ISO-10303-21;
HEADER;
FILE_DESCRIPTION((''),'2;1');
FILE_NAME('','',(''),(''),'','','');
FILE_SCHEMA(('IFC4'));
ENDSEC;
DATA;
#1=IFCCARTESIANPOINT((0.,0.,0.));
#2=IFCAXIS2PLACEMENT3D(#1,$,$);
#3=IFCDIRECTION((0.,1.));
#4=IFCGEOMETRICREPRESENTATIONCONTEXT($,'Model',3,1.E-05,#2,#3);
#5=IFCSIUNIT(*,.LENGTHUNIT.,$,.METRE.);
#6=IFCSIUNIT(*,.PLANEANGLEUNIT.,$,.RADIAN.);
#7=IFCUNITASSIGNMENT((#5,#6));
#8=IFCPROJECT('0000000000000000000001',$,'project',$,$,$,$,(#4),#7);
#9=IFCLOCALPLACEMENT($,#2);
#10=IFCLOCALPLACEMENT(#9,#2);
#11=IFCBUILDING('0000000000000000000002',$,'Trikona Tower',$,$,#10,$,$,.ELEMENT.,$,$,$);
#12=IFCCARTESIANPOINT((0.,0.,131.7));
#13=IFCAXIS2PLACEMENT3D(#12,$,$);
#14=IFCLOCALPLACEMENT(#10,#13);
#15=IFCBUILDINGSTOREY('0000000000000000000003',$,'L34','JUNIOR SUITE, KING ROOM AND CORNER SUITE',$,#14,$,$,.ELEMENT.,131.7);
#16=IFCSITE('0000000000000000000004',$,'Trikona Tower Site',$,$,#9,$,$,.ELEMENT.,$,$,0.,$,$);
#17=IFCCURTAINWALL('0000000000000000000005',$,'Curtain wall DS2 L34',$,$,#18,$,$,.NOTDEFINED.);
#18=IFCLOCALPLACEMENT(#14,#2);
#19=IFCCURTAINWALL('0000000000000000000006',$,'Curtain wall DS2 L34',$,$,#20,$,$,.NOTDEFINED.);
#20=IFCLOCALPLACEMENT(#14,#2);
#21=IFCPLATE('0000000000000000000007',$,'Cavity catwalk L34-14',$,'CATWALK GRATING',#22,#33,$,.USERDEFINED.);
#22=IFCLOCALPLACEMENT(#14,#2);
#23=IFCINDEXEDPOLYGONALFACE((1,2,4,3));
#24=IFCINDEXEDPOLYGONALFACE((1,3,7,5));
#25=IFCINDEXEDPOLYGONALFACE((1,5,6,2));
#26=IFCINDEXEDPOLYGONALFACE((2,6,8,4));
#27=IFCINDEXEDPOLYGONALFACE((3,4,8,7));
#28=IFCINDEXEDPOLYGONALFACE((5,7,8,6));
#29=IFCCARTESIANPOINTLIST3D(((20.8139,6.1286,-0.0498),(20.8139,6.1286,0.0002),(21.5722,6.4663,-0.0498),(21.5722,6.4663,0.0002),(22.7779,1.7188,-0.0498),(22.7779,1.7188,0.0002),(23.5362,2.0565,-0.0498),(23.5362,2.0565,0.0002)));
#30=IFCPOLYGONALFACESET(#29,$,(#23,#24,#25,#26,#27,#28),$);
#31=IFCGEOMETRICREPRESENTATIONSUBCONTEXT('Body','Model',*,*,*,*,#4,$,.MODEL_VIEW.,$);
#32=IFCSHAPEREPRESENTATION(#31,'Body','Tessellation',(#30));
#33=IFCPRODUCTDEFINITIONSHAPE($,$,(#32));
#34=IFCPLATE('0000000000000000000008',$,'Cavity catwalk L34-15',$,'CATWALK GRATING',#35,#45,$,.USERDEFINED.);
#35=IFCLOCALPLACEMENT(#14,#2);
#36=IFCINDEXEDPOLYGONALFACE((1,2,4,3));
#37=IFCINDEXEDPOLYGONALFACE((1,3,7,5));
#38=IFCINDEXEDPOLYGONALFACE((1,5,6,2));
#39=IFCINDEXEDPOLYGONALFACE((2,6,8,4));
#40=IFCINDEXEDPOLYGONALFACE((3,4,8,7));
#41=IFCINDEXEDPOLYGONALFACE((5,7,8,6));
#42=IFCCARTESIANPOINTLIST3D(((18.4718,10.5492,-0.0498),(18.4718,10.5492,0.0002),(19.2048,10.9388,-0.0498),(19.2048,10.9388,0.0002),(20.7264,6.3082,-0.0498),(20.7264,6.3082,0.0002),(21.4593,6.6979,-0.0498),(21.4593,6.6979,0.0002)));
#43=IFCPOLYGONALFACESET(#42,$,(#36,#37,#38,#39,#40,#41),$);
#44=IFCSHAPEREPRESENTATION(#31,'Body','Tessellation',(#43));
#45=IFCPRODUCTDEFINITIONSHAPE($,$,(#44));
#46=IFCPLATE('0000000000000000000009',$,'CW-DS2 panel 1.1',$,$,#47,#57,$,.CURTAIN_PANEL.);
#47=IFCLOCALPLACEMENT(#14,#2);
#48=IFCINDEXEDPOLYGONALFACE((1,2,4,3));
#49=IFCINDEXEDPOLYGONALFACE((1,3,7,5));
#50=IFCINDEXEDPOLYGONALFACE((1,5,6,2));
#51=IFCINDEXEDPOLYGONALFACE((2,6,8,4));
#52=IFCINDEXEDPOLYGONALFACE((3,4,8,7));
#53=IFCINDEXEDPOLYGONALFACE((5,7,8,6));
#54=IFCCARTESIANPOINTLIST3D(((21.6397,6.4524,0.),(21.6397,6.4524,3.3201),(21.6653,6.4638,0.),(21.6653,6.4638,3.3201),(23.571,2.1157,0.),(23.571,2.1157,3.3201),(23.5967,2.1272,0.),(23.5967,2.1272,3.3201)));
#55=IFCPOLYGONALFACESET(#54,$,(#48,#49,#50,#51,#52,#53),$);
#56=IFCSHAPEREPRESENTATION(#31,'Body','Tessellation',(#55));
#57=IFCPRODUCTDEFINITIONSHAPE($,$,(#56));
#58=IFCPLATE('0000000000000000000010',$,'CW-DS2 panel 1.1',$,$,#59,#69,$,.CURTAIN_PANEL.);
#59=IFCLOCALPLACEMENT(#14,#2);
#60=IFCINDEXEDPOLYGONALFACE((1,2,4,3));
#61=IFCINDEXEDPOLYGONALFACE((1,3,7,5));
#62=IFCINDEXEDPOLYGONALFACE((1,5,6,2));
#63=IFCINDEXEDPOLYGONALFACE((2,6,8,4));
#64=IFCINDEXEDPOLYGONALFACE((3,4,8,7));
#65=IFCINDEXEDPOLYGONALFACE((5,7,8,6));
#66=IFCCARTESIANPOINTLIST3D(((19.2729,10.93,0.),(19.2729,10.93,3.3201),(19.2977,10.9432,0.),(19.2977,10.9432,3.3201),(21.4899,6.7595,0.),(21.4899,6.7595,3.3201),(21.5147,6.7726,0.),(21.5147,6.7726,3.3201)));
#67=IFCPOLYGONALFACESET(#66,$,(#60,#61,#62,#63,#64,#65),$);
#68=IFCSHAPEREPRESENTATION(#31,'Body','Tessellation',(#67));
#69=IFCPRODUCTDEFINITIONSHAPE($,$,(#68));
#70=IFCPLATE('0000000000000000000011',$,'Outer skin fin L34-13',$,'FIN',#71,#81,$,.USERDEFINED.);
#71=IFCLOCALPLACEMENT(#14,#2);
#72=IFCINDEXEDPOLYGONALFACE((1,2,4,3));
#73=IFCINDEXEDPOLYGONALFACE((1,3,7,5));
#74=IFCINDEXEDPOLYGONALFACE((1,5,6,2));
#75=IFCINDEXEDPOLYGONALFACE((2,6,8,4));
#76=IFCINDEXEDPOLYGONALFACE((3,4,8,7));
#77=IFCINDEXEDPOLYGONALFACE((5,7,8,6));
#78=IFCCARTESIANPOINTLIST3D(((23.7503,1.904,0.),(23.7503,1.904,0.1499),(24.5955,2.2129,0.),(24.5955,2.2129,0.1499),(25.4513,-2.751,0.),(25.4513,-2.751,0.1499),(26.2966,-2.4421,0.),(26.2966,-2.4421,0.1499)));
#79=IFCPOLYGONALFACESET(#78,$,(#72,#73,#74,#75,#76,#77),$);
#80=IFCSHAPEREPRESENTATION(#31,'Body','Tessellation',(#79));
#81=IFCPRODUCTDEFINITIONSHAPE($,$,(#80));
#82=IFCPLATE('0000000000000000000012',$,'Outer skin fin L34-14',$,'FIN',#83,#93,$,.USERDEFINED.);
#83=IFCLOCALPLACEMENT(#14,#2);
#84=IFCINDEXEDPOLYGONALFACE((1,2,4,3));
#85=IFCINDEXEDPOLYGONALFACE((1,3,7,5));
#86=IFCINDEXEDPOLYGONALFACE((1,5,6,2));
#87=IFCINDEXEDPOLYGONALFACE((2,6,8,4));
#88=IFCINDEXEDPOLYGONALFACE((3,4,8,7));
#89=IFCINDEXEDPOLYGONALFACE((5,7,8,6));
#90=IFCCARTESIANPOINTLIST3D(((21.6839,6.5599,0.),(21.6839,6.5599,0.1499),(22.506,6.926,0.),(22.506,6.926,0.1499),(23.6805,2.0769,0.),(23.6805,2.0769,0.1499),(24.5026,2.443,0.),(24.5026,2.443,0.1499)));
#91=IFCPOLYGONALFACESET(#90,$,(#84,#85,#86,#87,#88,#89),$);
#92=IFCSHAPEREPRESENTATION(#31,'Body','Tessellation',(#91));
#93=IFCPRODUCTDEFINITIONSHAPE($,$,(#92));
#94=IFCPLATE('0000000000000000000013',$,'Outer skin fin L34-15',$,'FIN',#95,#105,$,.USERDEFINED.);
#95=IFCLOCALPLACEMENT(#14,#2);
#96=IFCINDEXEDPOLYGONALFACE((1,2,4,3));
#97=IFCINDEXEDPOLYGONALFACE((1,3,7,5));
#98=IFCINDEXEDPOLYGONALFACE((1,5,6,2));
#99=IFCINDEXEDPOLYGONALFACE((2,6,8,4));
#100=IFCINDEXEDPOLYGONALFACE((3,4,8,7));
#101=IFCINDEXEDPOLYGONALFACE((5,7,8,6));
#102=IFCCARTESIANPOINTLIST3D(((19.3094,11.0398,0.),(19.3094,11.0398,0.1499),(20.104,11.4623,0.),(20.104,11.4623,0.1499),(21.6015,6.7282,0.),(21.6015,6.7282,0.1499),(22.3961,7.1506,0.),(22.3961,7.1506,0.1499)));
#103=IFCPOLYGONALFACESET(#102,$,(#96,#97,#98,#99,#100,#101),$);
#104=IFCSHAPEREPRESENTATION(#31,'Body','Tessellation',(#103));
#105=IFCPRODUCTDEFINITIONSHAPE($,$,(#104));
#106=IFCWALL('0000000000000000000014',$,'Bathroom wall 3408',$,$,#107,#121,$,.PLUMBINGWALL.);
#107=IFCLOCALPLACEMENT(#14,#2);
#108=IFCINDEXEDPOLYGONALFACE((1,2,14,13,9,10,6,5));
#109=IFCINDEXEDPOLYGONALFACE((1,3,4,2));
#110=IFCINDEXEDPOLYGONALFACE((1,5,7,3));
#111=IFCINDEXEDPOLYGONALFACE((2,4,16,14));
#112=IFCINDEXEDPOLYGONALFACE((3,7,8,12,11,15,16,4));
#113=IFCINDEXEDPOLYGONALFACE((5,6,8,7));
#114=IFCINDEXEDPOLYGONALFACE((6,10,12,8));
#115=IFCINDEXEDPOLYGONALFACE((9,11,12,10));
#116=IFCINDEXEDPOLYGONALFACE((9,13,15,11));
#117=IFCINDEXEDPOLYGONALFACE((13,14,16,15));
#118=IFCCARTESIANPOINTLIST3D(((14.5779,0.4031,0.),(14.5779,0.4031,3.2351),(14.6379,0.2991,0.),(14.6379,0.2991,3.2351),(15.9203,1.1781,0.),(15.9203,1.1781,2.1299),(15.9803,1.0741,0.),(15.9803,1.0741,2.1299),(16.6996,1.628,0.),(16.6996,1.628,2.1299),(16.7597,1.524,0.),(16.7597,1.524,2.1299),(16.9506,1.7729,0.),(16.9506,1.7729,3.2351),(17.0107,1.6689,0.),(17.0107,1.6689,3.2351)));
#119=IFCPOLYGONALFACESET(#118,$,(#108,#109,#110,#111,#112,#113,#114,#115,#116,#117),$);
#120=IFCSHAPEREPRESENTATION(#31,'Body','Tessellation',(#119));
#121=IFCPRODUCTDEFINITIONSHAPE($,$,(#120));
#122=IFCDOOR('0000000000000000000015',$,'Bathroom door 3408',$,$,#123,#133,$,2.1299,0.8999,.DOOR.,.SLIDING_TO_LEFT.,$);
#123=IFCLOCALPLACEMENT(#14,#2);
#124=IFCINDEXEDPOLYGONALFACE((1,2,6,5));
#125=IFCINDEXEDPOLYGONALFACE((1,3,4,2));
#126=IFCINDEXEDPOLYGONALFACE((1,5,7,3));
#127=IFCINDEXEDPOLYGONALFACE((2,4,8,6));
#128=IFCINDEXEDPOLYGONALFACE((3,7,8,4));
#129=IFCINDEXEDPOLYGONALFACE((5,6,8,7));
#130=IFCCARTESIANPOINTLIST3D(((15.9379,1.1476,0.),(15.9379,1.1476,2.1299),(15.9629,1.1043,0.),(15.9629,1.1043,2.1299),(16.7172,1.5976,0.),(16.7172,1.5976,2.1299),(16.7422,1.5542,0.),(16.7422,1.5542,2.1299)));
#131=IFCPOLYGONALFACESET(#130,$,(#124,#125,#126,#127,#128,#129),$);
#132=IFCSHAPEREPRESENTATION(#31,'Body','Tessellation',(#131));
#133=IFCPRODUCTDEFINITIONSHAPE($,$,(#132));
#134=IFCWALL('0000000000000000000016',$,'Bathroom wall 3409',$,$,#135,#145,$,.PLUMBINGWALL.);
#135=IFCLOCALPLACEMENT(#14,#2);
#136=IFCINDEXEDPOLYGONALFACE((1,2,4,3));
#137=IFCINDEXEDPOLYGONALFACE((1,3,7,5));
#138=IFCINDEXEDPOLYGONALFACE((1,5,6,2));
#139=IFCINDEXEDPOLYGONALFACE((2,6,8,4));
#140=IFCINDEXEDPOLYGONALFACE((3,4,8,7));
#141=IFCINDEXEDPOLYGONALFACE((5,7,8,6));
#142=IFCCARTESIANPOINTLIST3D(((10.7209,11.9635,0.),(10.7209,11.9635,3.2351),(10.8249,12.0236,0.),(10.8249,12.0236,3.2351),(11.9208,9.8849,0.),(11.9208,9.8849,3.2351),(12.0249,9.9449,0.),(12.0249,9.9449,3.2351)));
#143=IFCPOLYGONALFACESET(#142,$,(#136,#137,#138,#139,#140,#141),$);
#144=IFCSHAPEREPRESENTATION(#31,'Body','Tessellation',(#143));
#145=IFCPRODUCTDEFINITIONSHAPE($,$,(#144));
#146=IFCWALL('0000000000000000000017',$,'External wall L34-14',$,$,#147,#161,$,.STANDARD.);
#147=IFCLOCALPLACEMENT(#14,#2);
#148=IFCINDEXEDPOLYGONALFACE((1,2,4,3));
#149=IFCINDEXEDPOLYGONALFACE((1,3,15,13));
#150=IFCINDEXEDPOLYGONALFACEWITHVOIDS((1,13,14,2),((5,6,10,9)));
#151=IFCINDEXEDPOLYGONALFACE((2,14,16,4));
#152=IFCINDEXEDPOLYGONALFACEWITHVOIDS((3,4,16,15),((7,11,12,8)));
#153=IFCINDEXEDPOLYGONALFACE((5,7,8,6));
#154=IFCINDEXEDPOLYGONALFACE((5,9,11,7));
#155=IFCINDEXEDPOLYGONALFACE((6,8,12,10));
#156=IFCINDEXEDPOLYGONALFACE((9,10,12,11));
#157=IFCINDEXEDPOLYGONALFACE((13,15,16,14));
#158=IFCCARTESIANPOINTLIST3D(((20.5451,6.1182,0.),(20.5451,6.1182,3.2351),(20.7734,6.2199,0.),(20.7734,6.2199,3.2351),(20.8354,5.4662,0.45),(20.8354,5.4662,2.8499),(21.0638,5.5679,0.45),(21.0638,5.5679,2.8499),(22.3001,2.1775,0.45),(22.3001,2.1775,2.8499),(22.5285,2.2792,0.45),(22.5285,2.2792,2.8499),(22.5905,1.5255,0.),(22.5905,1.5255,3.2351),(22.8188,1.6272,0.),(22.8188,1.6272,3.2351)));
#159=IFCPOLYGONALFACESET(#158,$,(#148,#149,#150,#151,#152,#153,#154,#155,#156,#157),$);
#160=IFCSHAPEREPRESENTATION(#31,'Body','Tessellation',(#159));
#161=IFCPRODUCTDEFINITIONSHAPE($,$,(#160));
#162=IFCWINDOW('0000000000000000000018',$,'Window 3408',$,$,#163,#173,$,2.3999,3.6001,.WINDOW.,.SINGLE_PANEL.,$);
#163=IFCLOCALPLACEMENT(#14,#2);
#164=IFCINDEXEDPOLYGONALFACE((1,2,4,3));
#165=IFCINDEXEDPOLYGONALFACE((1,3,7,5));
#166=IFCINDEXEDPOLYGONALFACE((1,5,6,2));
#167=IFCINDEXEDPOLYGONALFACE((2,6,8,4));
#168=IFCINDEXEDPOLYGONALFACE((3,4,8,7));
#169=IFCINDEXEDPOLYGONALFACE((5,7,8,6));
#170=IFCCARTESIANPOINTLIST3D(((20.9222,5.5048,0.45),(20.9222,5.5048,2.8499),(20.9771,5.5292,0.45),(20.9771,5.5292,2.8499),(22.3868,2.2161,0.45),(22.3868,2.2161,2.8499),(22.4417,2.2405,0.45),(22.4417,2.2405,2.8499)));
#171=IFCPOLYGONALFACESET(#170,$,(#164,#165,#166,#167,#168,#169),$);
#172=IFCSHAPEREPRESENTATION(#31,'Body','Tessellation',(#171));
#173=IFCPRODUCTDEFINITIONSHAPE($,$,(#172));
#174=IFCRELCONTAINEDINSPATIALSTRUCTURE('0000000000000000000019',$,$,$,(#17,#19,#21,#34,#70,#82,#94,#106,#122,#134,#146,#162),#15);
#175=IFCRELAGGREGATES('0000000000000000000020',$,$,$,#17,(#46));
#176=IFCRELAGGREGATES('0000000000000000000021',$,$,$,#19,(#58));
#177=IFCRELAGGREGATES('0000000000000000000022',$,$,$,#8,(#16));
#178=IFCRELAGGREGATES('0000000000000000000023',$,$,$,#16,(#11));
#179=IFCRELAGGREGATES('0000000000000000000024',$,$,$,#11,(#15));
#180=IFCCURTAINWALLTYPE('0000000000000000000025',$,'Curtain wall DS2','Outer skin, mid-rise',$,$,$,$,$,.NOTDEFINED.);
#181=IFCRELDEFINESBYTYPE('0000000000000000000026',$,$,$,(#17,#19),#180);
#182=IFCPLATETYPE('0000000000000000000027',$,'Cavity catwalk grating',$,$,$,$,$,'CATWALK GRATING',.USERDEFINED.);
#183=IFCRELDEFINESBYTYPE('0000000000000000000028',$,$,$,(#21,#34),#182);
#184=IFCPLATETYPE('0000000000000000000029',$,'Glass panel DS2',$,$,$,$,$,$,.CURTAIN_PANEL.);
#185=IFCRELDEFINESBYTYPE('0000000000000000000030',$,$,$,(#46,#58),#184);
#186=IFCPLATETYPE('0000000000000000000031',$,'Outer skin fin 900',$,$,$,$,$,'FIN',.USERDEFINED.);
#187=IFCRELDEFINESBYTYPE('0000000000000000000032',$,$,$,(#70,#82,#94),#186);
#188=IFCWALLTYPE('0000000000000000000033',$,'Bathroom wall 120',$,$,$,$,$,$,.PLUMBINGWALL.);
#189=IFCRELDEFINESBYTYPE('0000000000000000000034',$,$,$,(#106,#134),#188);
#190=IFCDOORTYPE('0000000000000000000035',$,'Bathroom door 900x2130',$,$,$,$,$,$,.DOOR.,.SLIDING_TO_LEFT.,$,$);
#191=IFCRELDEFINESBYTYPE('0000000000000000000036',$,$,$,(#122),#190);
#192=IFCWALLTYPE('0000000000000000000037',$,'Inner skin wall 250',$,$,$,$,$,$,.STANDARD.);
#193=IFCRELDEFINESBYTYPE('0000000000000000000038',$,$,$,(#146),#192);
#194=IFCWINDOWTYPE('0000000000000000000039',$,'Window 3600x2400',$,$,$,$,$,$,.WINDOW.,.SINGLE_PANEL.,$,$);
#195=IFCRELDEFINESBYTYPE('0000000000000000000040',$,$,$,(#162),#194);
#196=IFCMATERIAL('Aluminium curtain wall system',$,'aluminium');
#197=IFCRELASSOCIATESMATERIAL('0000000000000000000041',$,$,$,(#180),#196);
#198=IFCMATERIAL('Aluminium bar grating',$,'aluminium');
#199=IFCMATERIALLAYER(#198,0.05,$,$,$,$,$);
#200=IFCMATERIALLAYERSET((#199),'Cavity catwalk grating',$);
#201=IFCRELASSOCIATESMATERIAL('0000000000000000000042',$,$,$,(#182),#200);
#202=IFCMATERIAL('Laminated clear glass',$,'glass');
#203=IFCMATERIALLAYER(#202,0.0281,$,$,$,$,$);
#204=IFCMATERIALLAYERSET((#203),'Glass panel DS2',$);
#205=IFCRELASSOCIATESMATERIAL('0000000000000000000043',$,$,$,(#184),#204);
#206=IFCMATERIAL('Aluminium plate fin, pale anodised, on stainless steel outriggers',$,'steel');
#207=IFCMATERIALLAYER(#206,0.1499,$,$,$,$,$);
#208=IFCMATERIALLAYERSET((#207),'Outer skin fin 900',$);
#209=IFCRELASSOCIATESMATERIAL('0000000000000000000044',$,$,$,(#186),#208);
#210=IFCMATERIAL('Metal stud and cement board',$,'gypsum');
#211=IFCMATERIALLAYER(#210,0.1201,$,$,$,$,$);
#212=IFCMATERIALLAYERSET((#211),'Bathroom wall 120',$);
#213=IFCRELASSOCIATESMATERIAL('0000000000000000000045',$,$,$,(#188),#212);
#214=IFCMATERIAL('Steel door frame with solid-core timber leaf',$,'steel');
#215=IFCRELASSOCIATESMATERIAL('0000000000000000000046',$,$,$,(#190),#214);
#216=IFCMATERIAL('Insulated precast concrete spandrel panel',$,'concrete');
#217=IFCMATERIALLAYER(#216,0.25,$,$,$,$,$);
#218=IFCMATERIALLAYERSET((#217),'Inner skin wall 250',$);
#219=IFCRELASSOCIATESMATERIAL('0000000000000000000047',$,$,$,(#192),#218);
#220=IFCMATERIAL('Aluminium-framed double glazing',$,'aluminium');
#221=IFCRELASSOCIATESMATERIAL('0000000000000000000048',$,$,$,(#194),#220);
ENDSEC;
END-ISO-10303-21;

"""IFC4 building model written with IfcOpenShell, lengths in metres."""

from ifc_helpers import new_model, si_unit, direction, frame, frame_2d, origin, origin_2d, place, context, subcontext, project, spatial, rectangle, extrude, material, layer, layer_set, type_object, element, fill, aggregate, save


model = new_model("IFC4")

# Units and contexts
model_context = context("Model", 3, precision=1e-05, world=origin(), true_north=direction((0.0, 1.0)))
body_context = subcontext(model_context, "Body", "Model", "MODEL_VIEW")
ifc_project = project(units=[si_unit("LENGTHUNIT", "METRE"), si_unit("PLANEANGLEUNIT", "RADIAN")], contexts=[model_context])

# Site, building, storey
site_placement = place(None, origin())
site = spatial("IfcSite", under=ifc_project, at=site_placement, Name="Trikona Tower Site", CompositionType="ELEMENT", RefElevation=0.0)
building_placement = place(site_placement, origin())
building = spatial("IfcBuilding", under=site, at=building_placement, Name="Trikona Tower", CompositionType="ELEMENT")
storey_placement = place(building_placement, frame((0.0, 0.0, 131.7)))
storey = spatial("IfcBuildingStorey", under=building, at=storey_placement, Name="L34", Description="JUNIOR SUITE, KING ROOM AND CORNER SUITE", CompositionType="ELEMENT", Elevation=131.7)

# Shared definitions
ifc_material_1 = material(Name="Aluminium curtain wall system", Category="aluminium")
curtain_wall_type = type_object("IfcCurtainWallType", Name="Curtain wall DS2", Description="Outer skin, mid-rise", PredefinedType="NOTDEFINED", material=ifc_material_1)

# Curtain walls
curtain_wall_1_placement = place(storey_placement, origin())
curtain_wall_1 = element("IfcCurtainWall", 1, at=curtain_wall_1_placement, inside=storey, type_object=curtain_wall_type, Name="Curtain wall DS2 L34", PredefinedType="NOTDEFINED")
curtain_wall_2_placement = place(storey_placement, origin())
curtain_wall_2 = element("IfcCurtainWall", 2, at=curtain_wall_2_placement, inside=storey, type_object=curtain_wall_type, Name="Curtain wall DS2 L34", PredefinedType="NOTDEFINED")

# Plates
ifc_material_2 = material(Name="Aluminium bar grating", Category="aluminium")
ifc_layer_1 = layer(ifc_material_2, 0.05)
ifc_layer_set_1 = layer_set([ifc_layer_1], Name="Cavity catwalk grating")
plate_type_1 = type_object("IfcPlateType", Name="Cavity catwalk grating", ElementType="CATWALK GRATING", PredefinedType="USERDEFINED", material=ifc_layer_set_1)
plate_1_placement = place(storey_placement, frame((22.175, 4.0925, -0.0498), z_axis=(0.0, 0.0, 1.0), x_axis=(-0.406843, 0.913498, 0.0)))
element("IfcPlate", 3, at=plate_1_placement, inside=storey, type_object=plate_type_1, Name="Cavity catwalk L34-14", ObjectType="CATWALK GRATING", PredefinedType="USERDEFINED", context=body_context, shape_type="SweptSolid", body=[
    extrude(rectangle(XDim=4.8274, YDim=0.8301, at=origin_2d()), origin(), (0.0, 0.0, 1.0), 0.05),
])
plate_2_placement = place(storey_placement, frame((19.9656, 8.6235, -0.0498), z_axis=(0.0, 0.0, 1.0), x_axis=(-0.469398, 0.882987, 0.0)))
element("IfcPlate", 4, at=plate_2_placement, inside=storey, type_object=plate_type_1, Name="Cavity catwalk L34-15", ObjectType="CATWALK GRATING", PredefinedType="USERDEFINED", context=body_context, shape_type="SweptSolid", body=[
    extrude(rectangle(XDim=4.803, YDim=0.8301, at=origin_2d()), origin(), (0.0, 0.0, 1.0), 0.05),
])

# Plates
ifc_material_3 = material(Name="Laminated clear glass", Category="glass")
ifc_layer_2 = layer(ifc_material_3, 0.0281)
ifc_layer_set_2 = layer_set([ifc_layer_2], Name="Glass panel DS2")
plate_type_2 = type_object("IfcPlateType", Name="Glass panel DS2", PredefinedType="CURTAIN_PANEL", material=ifc_layer_set_2)
plate_3_placement = place(storey_placement, frame((22.6182, 4.2898, 0.0), z_axis=(0.0, 0.0, 1.0), x_axis=(-0.406836, 0.913501, 0.0)))
plate_3 = element("IfcPlate", 5, at=plate_3_placement, type_object=plate_type_2, Name="CW-DS2 panel 1.1", PredefinedType="CURTAIN_PANEL", context=body_context, shape_type="SweptSolid", body=[
    extrude(rectangle(XDim=4.7473, YDim=0.0281, at=origin_2d()), origin(), (0.0, 0.0, 1.0), 3.3201),
])
aggregate(curtain_wall_1, [plate_3])
plate_4_placement = place(storey_placement, frame((20.3938, 8.8513, 0.0), z_axis=(0.0, 0.0, 1.0), x_axis=(-0.46938, 0.882996, 0.0)))
plate_4 = element("IfcPlate", 6, at=plate_4_placement, type_object=plate_type_2, Name="CW-DS2 panel 1.1", PredefinedType="CURTAIN_PANEL", context=body_context, shape_type="SweptSolid", body=[
    extrude(rectangle(XDim=4.7231, YDim=0.0281, at=origin_2d()), origin(), (0.0, 0.0, 1.0), 3.3201),
])
aggregate(curtain_wall_2, [plate_4])

# Plates
ifc_material_4 = material(Name="Aluminium plate fin, pale anodised, on stainless steel outriggers", Category="steel")
ifc_layer_3 = layer(ifc_material_4, 0.1499)
ifc_layer_set_3 = layer_set([ifc_layer_3], Name="Outer skin fin 900")
plate_type_3 = type_object("IfcPlateType", Name="Outer skin fin 900", ElementType="FIN", PredefinedType="USERDEFINED", material=ifc_layer_set_3)
plate_5_placement = place(storey_placement, frame((25.0234, -0.269, 0.0), z_axis=(0.0, 0.0, 1.0), x_axis=(-0.34322, 0.939255, 0.0)))
element("IfcPlate", 7, at=plate_5_placement, inside=storey, type_object=plate_type_3, Name="Outer skin fin L34-13", ObjectType="FIN", PredefinedType="USERDEFINED", context=body_context, shape_type="SweptSolid", body=[
    extrude(rectangle(XDim=4.9561, YDim=0.8999, at=origin_2d()), origin(), (0.0, 0.0, 1.0), 0.1499),
])
plate_6_placement = place(storey_placement, frame((23.0933, 4.5015, 0.0), z_axis=(0.0, 0.0, 1.0), x_axis=(-0.406843, 0.913498, 0.0)))
element("IfcPlate", 8, at=plate_6_placement, inside=storey, type_object=plate_type_3, Name="Outer skin fin L34-14", ObjectType="FIN", PredefinedType="USERDEFINED", context=body_context, shape_type="SweptSolid", body=[
    extrude(rectangle(XDim=4.9075, YDim=0.8999, at=origin_2d()), origin(), (0.0, 0.0, 1.0), 0.1499),
])
plate_7_placement = place(storey_placement, frame((20.8528, 9.0952, 0.0), z_axis=(0.0, 0.0, 1.0), x_axis=(-0.469398, 0.882987, 0.0)))
element("IfcPlate", 9, at=plate_7_placement, inside=storey, type_object=plate_type_3, Name="Outer skin fin L34-15", ObjectType="FIN", PredefinedType="USERDEFINED", context=body_context, shape_type="SweptSolid", body=[
    extrude(rectangle(XDim=4.8831, YDim=0.8999, at=origin_2d()), origin(), (0.0, 0.0, 1.0), 0.1499),
])

# Wall, opening, door
ifc_material_5 = material(Name="Metal stud and cement board", Category="gypsum")
ifc_layer_4 = layer(ifc_material_5, 0.1201)
ifc_layer_set_4 = layer_set([ifc_layer_4], Name="Bathroom wall 120")
wall_type_1 = type_object("IfcWallType", Name="Bathroom wall 120", PredefinedType="PLUMBINGWALL", material=ifc_layer_set_4)
wall_1_placement = place(storey_placement, frame((14.6079, 0.3511, 0.0), z_axis=(0.0, 0.0, 1.0), x_axis=(0.866036, 0.499982, 0.0)))
wall_1 = element("IfcWall", 10, at=wall_1_placement, inside=storey, type_object=wall_type_1, Name="Bathroom wall 3408", PredefinedType="PLUMBINGWALL", context=body_context, shape_type="SweptSolid", body=[
    extrude(rectangle(XDim=2.7397, YDim=0.1201, at=frame_2d((1.3699, 0.0))), origin(), (0.0, 0.0, 1.0), 3.2351),
])
opening_1_placement = place(wall_1_placement, frame((1.55, 0.0, 0.0)))
opening_1 = element("IfcOpeningElement", 11, at=opening_1_placement, cuts=wall_1, PredefinedType="OPENING", context=body_context, shape_type="SweptSolid", body=[
    extrude(rectangle(XDim=0.8999, YDim=2.1299, at=frame_2d((0.45, 1.0649))), frame((0.0, 0.0701, 0.0), z_axis=(0.0, -1.0, 0.0), x_axis=(1.0, 0.0, 0.0)), (0.0, 0.0, 1.0), 0.1401),
])
ifc_material_6 = material(Name="Steel door frame with solid-core timber leaf", Category="steel")
door_type = type_object("IfcDoorType", Name="Bathroom door 900x2130", OperationType="SLIDING_TO_LEFT", PredefinedType="DOOR", material=ifc_material_6)
door_placement = place(opening_1_placement, origin())
door = element("IfcDoor", 12, at=door_placement, inside=storey, type_object=door_type, Name="Bathroom door 3408", OperationType="SLIDING_TO_LEFT", OverallHeight=2.1299, OverallWidth=0.8999, PredefinedType="DOOR", context=body_context, shape_type="SweptSolid", body=[
    extrude(rectangle(XDim=0.8999, YDim=2.1299, at=frame_2d((0.45, 1.0649))), frame((0.0, 0.0249, 0.0), z_axis=(0.0, -1.0, 0.0), x_axis=(1.0, 0.0, 0.0)), (0.0, 0.0, 1.0), 0.05),
])
fill(opening_1, door)

# Wall
wall_2_placement = place(storey_placement, frame((11.9729, 9.9148, 0.0), z_axis=(0.0, 0.0, 1.0), x_axis=(-0.499957, 0.86605, 0.0)))
element("IfcWall", 13, at=wall_2_placement, inside=storey, type_object=wall_type_1, Name="Bathroom wall 3409", PredefinedType="PLUMBINGWALL", context=body_context, shape_type="SweptSolid", body=[
    extrude(rectangle(XDim=2.4001, YDim=0.1201, at=frame_2d((1.2002, 0.0))), origin(), (0.0, 0.0, 1.0), 3.2351),
])

# Wall, opening, window
ifc_material_7 = material(Name="Insulated precast concrete spandrel panel", Category="concrete")
ifc_layer_5 = layer(ifc_material_7, 0.25)
ifc_layer_set_5 = layer_set([ifc_layer_5], Name="Inner skin wall 250")
wall_type_2 = type_object("IfcWallType", Name="Inner skin wall 250", PredefinedType="STANDARD", material=ifc_layer_set_5)
wall_3_placement = place(storey_placement, frame((22.7046, 1.5764, 0.0), z_axis=(0.0, 0.0, 1.0), x_axis=(-0.406832, 0.913503, 0.0)))
wall_3 = element("IfcWall", 14, at=wall_3_placement, inside=storey, type_object=wall_type_2, Name="External wall L34-14", PredefinedType="STANDARD", context=body_context, shape_type="SweptSolid", body=[
    extrude(rectangle(XDim=5.0276, YDim=0.25, at=frame_2d((2.5137, 0.0))), origin(), (0.0, 0.0, 1.0), 3.2351),
])
opening_2_placement = place(wall_3_placement, frame((0.7136, 0.0, 0.45)))
opening_2 = element("IfcOpeningElement", 15, at=opening_2_placement, cuts=wall_3, PredefinedType="OPENING", context=body_context, shape_type="SweptSolid", body=[
    extrude(rectangle(XDim=3.6001, YDim=2.3999, at=frame_2d((1.8, 1.2))), frame((0.0, 0.135, 0.0), z_axis=(0.0, -1.0, 0.0), x_axis=(1.0, 0.0, 0.0)), (0.0, 0.0, 1.0), 0.27),
])
ifc_material_8 = material(Name="Aluminium-framed double glazing", Category="aluminium")
window_type = type_object("IfcWindowType", Name="Window 3600x2400", PartitioningType="SINGLE_PANEL", PredefinedType="WINDOW", material=ifc_material_8)
window_1_placement = place(opening_2_placement, origin())
window_1 = element("IfcWindow", 16, at=window_1_placement, inside=storey, type_object=window_type, Name="Window 3408", OverallHeight=2.3999, OverallWidth=3.6001, PartitioningType="SINGLE_PANEL", PredefinedType="WINDOW", context=body_context, shape_type="SweptSolid", body=[
    extrude(rectangle(XDim=3.6001, YDim=2.3999, at=frame_2d((1.8, 1.2))), frame((0.0, 0.03, 0.0), z_axis=(0.0, -1.0, 0.0), x_axis=(1.0, 0.0, 0.0)), (0.0, 0.0, 1.0), 0.0601),
])
fill(opening_2, window_1)

save(model, "model.ifc")
